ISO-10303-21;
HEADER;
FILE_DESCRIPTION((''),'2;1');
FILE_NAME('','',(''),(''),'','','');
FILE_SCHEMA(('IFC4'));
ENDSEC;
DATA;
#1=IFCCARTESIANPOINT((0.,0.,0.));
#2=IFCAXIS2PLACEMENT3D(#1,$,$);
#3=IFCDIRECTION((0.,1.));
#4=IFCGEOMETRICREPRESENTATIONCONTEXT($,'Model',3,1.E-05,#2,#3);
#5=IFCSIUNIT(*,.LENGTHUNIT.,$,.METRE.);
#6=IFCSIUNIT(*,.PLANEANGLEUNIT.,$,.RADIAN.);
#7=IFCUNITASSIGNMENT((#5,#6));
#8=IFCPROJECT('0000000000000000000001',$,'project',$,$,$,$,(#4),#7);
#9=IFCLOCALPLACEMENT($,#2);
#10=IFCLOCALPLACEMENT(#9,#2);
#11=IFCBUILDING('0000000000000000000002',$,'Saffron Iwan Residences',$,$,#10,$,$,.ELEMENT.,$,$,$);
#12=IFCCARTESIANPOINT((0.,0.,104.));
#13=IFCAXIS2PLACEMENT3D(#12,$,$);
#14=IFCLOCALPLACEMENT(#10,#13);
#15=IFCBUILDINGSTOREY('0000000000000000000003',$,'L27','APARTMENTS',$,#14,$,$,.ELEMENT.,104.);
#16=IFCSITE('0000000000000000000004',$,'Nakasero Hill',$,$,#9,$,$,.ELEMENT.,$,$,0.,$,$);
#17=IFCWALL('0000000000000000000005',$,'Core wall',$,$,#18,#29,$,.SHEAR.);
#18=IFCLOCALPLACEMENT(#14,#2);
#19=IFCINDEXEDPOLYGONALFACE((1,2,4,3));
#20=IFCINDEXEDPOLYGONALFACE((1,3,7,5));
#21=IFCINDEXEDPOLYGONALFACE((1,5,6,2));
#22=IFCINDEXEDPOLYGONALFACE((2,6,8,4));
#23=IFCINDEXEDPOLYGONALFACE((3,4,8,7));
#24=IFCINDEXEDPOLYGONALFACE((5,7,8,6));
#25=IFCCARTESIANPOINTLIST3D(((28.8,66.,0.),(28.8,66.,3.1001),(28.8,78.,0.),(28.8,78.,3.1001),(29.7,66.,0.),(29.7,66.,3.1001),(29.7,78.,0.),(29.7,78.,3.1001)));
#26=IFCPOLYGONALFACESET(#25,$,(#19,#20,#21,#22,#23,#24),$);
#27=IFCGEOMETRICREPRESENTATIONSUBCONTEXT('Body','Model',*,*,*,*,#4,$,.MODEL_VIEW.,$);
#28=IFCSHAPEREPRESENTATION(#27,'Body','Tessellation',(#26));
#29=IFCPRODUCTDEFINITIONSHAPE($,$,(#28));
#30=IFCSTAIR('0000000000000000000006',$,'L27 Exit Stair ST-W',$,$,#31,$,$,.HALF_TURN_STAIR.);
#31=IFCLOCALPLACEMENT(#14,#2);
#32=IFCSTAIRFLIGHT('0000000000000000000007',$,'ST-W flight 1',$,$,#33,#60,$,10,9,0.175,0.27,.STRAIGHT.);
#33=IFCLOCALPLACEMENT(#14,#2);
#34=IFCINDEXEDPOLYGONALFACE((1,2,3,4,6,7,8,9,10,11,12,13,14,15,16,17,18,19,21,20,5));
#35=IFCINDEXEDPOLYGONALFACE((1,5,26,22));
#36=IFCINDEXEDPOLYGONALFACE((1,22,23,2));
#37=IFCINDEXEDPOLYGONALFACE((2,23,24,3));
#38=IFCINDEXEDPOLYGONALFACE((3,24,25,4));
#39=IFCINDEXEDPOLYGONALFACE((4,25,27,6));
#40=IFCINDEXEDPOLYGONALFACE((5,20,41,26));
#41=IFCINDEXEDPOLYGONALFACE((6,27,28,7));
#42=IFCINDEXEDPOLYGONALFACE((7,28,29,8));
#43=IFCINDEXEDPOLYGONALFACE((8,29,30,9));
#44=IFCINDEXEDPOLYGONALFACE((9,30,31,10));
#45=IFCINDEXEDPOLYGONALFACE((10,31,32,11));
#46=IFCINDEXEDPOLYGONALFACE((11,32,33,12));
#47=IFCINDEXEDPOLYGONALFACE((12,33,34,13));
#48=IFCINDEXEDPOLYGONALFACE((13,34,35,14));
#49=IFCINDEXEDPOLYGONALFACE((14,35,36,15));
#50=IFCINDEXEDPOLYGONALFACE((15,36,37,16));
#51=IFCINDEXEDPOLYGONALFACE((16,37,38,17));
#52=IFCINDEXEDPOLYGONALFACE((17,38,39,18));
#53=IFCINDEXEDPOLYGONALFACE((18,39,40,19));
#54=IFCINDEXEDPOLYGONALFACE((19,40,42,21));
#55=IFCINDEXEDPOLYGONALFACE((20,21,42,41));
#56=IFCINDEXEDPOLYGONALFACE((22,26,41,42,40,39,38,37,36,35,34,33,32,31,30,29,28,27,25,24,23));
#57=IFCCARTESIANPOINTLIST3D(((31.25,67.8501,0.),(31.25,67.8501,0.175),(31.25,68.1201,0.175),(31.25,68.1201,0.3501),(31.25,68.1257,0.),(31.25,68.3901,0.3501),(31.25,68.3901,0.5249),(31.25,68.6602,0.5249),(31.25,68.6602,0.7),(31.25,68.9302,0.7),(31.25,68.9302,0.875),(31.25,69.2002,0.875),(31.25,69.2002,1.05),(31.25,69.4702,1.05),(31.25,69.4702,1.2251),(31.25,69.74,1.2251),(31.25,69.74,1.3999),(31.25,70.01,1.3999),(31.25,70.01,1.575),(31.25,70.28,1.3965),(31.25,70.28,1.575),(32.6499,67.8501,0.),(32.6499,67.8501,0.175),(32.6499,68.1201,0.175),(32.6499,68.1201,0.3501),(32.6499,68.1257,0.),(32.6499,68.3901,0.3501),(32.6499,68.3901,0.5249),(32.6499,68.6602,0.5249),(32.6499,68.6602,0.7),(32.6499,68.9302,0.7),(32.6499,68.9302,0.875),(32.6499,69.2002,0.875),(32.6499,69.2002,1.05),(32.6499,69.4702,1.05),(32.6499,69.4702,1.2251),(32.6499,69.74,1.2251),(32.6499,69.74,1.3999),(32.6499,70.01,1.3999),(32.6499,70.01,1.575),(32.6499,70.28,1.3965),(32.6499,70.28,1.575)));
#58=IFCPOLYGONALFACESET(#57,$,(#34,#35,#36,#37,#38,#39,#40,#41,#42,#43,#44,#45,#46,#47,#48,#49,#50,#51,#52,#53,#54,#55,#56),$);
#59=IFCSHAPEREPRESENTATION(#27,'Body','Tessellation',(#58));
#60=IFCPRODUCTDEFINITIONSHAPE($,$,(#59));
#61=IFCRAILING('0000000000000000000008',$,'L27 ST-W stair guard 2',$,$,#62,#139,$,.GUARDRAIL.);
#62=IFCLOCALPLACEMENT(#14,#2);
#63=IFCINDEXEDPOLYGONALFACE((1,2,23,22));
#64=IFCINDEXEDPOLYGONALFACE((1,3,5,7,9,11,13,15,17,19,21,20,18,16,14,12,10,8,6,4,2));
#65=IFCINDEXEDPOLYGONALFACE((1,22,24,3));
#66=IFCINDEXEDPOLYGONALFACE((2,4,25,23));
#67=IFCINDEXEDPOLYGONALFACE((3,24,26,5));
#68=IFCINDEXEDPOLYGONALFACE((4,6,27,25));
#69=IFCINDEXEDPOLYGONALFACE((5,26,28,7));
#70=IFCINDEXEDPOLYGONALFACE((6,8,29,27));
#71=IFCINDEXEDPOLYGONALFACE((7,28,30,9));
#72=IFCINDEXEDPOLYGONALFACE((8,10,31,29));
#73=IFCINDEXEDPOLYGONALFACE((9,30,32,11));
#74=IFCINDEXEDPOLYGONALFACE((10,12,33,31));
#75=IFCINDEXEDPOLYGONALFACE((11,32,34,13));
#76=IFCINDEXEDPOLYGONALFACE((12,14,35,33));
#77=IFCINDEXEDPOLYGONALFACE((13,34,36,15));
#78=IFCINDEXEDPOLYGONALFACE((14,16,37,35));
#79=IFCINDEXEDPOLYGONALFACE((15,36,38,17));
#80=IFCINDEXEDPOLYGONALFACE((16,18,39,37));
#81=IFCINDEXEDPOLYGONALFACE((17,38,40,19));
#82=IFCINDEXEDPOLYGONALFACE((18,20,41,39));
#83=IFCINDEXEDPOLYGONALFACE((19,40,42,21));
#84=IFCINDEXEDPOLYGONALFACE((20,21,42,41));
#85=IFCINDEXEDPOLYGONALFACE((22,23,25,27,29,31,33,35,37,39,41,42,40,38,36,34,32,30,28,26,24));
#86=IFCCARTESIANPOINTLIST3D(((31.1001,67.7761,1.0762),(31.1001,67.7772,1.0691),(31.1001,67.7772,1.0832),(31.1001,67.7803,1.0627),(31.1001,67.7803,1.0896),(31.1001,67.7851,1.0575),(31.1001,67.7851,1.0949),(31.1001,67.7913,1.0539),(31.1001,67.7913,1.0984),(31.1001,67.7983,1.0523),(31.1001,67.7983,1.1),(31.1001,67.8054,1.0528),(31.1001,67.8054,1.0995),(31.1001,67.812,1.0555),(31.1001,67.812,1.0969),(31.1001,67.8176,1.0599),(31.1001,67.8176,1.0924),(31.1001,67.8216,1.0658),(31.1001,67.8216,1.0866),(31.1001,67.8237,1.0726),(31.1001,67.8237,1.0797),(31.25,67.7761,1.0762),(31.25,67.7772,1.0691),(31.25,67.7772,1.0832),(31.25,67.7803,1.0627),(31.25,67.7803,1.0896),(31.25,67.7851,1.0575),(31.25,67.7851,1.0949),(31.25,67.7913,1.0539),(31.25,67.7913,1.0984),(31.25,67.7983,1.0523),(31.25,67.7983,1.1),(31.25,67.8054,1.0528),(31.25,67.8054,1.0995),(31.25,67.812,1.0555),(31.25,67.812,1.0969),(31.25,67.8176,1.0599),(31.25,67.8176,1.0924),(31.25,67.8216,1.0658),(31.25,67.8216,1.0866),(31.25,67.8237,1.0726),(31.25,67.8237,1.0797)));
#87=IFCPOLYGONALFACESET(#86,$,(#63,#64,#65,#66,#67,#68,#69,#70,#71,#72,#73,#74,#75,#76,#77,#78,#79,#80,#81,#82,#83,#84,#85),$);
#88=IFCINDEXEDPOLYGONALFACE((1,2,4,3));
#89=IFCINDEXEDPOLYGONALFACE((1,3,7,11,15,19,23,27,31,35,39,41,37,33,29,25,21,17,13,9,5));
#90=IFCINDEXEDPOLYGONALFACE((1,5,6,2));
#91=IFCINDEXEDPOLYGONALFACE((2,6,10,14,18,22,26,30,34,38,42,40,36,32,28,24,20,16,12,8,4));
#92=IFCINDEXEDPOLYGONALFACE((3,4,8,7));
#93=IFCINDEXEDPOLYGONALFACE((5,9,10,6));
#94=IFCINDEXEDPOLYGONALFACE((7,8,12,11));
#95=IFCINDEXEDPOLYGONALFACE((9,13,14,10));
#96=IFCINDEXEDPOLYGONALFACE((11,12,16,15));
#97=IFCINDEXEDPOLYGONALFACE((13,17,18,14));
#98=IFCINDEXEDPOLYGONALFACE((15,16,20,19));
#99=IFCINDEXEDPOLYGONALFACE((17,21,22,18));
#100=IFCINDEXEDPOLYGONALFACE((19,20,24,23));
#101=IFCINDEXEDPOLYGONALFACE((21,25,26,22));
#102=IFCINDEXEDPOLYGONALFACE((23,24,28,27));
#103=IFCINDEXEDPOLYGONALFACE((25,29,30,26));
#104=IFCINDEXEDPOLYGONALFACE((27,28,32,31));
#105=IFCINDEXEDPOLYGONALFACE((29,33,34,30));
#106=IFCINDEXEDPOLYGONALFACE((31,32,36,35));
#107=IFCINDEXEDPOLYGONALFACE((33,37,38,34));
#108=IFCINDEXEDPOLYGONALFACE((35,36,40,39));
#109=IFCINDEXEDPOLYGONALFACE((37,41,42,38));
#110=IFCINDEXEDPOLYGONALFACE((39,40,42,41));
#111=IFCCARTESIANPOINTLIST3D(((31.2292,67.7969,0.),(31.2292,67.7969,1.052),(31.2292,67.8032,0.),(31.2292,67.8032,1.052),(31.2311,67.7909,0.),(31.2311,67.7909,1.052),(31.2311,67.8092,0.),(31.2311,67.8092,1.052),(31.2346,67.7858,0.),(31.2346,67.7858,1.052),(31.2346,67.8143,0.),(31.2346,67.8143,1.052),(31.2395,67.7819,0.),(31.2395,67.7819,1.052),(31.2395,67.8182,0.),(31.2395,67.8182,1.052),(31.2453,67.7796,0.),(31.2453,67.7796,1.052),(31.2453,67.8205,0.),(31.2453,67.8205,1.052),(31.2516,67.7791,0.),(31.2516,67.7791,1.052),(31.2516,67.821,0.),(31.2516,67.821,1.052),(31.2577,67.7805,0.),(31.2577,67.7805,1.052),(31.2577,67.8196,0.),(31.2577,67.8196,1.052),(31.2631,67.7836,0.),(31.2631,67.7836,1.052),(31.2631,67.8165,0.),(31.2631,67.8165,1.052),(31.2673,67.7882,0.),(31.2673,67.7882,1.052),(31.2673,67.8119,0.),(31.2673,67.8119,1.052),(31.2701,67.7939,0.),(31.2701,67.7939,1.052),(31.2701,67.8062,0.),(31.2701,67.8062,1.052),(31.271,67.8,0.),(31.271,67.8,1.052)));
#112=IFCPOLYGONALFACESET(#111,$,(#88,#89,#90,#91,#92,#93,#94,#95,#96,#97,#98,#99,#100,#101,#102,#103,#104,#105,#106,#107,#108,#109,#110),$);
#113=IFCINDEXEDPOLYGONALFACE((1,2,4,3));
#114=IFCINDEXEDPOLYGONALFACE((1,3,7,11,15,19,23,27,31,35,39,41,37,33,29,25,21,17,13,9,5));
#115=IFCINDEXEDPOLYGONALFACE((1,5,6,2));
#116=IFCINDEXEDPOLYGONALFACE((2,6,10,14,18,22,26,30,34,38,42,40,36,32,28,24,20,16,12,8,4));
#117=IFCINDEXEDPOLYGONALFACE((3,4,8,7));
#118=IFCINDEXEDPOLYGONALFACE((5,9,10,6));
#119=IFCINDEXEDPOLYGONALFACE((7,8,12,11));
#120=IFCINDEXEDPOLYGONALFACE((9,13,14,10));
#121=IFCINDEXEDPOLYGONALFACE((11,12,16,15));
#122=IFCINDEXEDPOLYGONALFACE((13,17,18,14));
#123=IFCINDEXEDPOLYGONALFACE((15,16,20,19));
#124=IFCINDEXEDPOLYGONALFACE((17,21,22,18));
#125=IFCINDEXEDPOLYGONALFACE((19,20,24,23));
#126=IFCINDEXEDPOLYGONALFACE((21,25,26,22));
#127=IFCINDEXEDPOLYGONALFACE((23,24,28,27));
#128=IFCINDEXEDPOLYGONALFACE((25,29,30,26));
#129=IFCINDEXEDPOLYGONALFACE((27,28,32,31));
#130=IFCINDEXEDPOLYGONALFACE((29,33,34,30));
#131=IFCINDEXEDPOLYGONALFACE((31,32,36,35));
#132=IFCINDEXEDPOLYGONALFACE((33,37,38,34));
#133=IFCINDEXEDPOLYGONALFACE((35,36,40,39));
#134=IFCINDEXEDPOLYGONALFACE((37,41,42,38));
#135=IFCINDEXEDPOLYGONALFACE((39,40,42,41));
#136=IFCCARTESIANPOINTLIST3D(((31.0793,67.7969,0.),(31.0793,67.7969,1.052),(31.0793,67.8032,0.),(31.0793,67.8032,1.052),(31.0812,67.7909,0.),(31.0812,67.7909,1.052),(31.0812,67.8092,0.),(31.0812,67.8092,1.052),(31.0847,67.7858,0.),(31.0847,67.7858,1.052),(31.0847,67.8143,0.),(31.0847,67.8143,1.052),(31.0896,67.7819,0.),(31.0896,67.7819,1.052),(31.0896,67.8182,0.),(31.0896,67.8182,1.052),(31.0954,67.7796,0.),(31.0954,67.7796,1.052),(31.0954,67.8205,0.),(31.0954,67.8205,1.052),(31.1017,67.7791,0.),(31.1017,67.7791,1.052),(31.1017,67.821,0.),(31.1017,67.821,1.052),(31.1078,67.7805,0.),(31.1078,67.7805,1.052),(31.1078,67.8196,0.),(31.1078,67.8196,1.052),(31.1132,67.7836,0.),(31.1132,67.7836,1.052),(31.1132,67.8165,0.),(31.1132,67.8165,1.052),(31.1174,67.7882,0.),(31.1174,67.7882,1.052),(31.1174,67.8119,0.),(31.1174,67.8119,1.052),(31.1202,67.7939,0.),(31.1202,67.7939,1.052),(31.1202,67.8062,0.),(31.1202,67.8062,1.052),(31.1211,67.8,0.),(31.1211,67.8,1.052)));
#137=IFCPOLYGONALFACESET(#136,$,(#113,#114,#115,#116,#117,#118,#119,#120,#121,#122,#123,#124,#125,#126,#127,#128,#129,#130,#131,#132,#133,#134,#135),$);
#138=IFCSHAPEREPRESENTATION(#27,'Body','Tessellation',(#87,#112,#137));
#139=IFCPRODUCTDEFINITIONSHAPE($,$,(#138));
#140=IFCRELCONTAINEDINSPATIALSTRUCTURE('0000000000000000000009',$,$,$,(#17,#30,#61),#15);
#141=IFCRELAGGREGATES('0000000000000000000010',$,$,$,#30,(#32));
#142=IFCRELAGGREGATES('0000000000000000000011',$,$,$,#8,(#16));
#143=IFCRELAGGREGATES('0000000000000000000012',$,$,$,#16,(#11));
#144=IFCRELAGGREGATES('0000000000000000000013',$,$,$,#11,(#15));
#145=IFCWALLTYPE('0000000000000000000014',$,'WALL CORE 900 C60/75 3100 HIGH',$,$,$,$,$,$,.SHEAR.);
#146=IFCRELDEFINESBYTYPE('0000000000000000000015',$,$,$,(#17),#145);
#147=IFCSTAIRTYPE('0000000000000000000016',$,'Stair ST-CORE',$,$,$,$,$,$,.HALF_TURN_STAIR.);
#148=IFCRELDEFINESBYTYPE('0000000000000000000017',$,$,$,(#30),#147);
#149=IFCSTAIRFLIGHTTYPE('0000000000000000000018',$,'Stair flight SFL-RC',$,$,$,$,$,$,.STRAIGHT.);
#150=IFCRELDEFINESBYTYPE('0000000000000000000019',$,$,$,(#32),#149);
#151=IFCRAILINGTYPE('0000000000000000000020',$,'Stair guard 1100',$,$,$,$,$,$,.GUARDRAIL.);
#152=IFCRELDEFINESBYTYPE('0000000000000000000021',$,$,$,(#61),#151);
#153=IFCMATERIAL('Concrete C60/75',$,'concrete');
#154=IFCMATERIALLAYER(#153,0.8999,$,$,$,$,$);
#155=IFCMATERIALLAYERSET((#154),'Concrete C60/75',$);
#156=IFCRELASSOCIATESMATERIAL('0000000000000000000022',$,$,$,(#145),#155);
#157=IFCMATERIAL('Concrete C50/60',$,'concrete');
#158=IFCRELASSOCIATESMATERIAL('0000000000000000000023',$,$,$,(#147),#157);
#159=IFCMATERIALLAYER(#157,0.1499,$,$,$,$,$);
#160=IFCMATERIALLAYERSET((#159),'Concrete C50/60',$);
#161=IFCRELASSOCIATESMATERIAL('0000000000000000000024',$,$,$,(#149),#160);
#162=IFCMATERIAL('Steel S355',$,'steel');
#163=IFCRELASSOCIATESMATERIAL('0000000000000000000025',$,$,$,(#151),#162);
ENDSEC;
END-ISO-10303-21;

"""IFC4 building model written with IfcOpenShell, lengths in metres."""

from ifc_helpers import new_model, si_unit, direction, frame, frame_2d, origin, origin_2d, place, context, subcontext, project, spatial, polyline, rectangle, circle, outline, extrude, material, layer, layer_set, type_object, element, aggregate, save


model = new_model("IFC4")

# Units and contexts
model_context = context("Model", 3, precision=1e-05, world=origin(), true_north=direction((0.0, 1.0)))
body_context = subcontext(model_context, "Body", "Model", "MODEL_VIEW")
ifc_project = project(units=[si_unit("LENGTHUNIT", "METRE"), si_unit("PLANEANGLEUNIT", "RADIAN")], contexts=[model_context])

# Site, building, storey
site_placement = place(None, origin())
site = spatial("IfcSite", under=ifc_project, at=site_placement, Name="Nakasero Hill", CompositionType="ELEMENT", RefElevation=0.0)
building_placement = place(site_placement, origin())
building = spatial("IfcBuilding", under=site, at=building_placement, Name="Saffron Iwan Residences", CompositionType="ELEMENT")
storey_placement = place(building_placement, frame((0.0, 0.0, 104.0)))
storey = spatial("IfcBuildingStorey", under=building, at=storey_placement, Name="L27", Description="APARTMENTS", CompositionType="ELEMENT", Elevation=104.0)

# Shared definitions
ifc_material_1 = material(Name="Concrete C60/75", Category="concrete")

# Wall
ifc_layer_1 = layer(ifc_material_1, 0.8999)
ifc_layer_set_1 = layer_set([ifc_layer_1], Name="Concrete C60/75")
wall_type_1 = type_object("IfcWallType", Name="WALL CORE 900 C60/75 3100 HIGH", PredefinedType="SHEAR", material=ifc_layer_set_1)
wall_1_placement = place(storey_placement, frame((29.25, 66.0, 0.0), z_axis=(0.0, 0.0, 1.0), x_axis=(0.0, 1.0, 0.0)))
element("IfcWall", 1, at=wall_1_placement, inside=storey, type_object=wall_type_1, Name="Core wall", PredefinedType="SHEAR", context=body_context, shape_type="SweptSolid", body=[
    extrude(rectangle(XDim=12.0, YDim=0.8999, at=frame_2d((6.0, 0.0))), origin(), (0.0, 0.0, 1.0), 3.1001),
])

# Stair, stair flight
ifc_material_2 = material(Name="Concrete C50/60", Category="concrete")
stair_type = type_object("IfcStairType", Name="Stair ST-CORE", PredefinedType="HALF_TURN_STAIR", material=ifc_material_2)
stair_placement = place(storey_placement, origin())
stair = element("IfcStair", 2, at=stair_placement, inside=storey, type_object=stair_type, Name="L27 Exit Stair ST-W", PredefinedType="HALF_TURN_STAIR")
ifc_layer_2 = layer(ifc_material_2, 0.1499)
ifc_layer_set_2 = layer_set([ifc_layer_2], Name="Concrete C50/60")
stair_flight_type = type_object("IfcStairFlightType", Name="Stair flight SFL-RC", PredefinedType="STRAIGHT", material=ifc_layer_set_2)
stair_flight_placement = place(storey_placement, frame((31.95, 67.8501, 0.0), z_axis=(0.0, 0.0, 1.0), x_axis=(0.0, 1.0, 0.0)))
stair_flight = element("IfcStairFlight", 3, at=stair_flight_placement, type_object=stair_flight_type, Name="ST-W flight 1", NumberOfRisers=10, NumberOfTreads=9, PredefinedType="STRAIGHT", RiserHeight=0.175, TreadLength=0.27, context=body_context, shape_type="SweptSolid", body=[
    extrude(outline(polyline([(0.0, 0.0), (0.0, 0.175), (0.27, 0.175), (0.27, 0.3501), (0.54, 0.3501), (0.54, 0.5249), (0.8101, 0.5249), (0.8101, 0.7), (1.0801, 0.7), (1.0801, 0.875), (1.3501, 0.875), (1.3501, 1.05), (1.6201, 1.05), (1.6201, 1.2251), (1.8899, 1.2251), (1.8899, 1.3999), (2.1599, 1.3999), (2.1599, 1.575), (2.4299, 1.575), (2.4299, 1.75), (2.4299, 1.3965), (0.2756, 0.0), (0.0, 0.0)])), frame((0.0, 0.7, 0.0), z_axis=(0.0, -1.0, 0.0), x_axis=(1.0, 0.0, 0.0)), (0.0, 0.0, 1.0), 1.3999),
])
aggregate(stair, [stair_flight])

# Railing
ifc_material_3 = material(Name="Steel S355", Category="steel")
railing_type_1 = type_object("IfcRailingType", Name="Stair guard 1100", PredefinedType="GUARDRAIL", material=ifc_material_3)
railing_1_placement = place(storey_placement, frame((31.25, 67.8, 0.0)))
element("IfcRailing", 4, at=railing_1_placement, inside=storey, type_object=railing_type_1, Name="L27 ST-W stair guard 2", PredefinedType="GUARDRAIL", context=body_context, shape_type="SweptSolid", body=[
    extrude(circle(Radius=0.0239, at=origin_2d()), frame((0.0, 0.0, 1.0762), z_axis=(-1.0, 0.0, 0.0), x_axis=(0.0, -1.0, 0.0)), (0.0, 0.0, 1.0), 0.1499),
    extrude(circle(Radius=0.021, at=origin_2d()), origin(), (0.0, 0.0, 1.0), 1.052),
    extrude(circle(Radius=0.021, at=origin_2d()), frame((-0.1499, 0.0, 0.0)), (0.0, 0.0, 1.0), 1.052),
])

save(model, "model.ifc")
